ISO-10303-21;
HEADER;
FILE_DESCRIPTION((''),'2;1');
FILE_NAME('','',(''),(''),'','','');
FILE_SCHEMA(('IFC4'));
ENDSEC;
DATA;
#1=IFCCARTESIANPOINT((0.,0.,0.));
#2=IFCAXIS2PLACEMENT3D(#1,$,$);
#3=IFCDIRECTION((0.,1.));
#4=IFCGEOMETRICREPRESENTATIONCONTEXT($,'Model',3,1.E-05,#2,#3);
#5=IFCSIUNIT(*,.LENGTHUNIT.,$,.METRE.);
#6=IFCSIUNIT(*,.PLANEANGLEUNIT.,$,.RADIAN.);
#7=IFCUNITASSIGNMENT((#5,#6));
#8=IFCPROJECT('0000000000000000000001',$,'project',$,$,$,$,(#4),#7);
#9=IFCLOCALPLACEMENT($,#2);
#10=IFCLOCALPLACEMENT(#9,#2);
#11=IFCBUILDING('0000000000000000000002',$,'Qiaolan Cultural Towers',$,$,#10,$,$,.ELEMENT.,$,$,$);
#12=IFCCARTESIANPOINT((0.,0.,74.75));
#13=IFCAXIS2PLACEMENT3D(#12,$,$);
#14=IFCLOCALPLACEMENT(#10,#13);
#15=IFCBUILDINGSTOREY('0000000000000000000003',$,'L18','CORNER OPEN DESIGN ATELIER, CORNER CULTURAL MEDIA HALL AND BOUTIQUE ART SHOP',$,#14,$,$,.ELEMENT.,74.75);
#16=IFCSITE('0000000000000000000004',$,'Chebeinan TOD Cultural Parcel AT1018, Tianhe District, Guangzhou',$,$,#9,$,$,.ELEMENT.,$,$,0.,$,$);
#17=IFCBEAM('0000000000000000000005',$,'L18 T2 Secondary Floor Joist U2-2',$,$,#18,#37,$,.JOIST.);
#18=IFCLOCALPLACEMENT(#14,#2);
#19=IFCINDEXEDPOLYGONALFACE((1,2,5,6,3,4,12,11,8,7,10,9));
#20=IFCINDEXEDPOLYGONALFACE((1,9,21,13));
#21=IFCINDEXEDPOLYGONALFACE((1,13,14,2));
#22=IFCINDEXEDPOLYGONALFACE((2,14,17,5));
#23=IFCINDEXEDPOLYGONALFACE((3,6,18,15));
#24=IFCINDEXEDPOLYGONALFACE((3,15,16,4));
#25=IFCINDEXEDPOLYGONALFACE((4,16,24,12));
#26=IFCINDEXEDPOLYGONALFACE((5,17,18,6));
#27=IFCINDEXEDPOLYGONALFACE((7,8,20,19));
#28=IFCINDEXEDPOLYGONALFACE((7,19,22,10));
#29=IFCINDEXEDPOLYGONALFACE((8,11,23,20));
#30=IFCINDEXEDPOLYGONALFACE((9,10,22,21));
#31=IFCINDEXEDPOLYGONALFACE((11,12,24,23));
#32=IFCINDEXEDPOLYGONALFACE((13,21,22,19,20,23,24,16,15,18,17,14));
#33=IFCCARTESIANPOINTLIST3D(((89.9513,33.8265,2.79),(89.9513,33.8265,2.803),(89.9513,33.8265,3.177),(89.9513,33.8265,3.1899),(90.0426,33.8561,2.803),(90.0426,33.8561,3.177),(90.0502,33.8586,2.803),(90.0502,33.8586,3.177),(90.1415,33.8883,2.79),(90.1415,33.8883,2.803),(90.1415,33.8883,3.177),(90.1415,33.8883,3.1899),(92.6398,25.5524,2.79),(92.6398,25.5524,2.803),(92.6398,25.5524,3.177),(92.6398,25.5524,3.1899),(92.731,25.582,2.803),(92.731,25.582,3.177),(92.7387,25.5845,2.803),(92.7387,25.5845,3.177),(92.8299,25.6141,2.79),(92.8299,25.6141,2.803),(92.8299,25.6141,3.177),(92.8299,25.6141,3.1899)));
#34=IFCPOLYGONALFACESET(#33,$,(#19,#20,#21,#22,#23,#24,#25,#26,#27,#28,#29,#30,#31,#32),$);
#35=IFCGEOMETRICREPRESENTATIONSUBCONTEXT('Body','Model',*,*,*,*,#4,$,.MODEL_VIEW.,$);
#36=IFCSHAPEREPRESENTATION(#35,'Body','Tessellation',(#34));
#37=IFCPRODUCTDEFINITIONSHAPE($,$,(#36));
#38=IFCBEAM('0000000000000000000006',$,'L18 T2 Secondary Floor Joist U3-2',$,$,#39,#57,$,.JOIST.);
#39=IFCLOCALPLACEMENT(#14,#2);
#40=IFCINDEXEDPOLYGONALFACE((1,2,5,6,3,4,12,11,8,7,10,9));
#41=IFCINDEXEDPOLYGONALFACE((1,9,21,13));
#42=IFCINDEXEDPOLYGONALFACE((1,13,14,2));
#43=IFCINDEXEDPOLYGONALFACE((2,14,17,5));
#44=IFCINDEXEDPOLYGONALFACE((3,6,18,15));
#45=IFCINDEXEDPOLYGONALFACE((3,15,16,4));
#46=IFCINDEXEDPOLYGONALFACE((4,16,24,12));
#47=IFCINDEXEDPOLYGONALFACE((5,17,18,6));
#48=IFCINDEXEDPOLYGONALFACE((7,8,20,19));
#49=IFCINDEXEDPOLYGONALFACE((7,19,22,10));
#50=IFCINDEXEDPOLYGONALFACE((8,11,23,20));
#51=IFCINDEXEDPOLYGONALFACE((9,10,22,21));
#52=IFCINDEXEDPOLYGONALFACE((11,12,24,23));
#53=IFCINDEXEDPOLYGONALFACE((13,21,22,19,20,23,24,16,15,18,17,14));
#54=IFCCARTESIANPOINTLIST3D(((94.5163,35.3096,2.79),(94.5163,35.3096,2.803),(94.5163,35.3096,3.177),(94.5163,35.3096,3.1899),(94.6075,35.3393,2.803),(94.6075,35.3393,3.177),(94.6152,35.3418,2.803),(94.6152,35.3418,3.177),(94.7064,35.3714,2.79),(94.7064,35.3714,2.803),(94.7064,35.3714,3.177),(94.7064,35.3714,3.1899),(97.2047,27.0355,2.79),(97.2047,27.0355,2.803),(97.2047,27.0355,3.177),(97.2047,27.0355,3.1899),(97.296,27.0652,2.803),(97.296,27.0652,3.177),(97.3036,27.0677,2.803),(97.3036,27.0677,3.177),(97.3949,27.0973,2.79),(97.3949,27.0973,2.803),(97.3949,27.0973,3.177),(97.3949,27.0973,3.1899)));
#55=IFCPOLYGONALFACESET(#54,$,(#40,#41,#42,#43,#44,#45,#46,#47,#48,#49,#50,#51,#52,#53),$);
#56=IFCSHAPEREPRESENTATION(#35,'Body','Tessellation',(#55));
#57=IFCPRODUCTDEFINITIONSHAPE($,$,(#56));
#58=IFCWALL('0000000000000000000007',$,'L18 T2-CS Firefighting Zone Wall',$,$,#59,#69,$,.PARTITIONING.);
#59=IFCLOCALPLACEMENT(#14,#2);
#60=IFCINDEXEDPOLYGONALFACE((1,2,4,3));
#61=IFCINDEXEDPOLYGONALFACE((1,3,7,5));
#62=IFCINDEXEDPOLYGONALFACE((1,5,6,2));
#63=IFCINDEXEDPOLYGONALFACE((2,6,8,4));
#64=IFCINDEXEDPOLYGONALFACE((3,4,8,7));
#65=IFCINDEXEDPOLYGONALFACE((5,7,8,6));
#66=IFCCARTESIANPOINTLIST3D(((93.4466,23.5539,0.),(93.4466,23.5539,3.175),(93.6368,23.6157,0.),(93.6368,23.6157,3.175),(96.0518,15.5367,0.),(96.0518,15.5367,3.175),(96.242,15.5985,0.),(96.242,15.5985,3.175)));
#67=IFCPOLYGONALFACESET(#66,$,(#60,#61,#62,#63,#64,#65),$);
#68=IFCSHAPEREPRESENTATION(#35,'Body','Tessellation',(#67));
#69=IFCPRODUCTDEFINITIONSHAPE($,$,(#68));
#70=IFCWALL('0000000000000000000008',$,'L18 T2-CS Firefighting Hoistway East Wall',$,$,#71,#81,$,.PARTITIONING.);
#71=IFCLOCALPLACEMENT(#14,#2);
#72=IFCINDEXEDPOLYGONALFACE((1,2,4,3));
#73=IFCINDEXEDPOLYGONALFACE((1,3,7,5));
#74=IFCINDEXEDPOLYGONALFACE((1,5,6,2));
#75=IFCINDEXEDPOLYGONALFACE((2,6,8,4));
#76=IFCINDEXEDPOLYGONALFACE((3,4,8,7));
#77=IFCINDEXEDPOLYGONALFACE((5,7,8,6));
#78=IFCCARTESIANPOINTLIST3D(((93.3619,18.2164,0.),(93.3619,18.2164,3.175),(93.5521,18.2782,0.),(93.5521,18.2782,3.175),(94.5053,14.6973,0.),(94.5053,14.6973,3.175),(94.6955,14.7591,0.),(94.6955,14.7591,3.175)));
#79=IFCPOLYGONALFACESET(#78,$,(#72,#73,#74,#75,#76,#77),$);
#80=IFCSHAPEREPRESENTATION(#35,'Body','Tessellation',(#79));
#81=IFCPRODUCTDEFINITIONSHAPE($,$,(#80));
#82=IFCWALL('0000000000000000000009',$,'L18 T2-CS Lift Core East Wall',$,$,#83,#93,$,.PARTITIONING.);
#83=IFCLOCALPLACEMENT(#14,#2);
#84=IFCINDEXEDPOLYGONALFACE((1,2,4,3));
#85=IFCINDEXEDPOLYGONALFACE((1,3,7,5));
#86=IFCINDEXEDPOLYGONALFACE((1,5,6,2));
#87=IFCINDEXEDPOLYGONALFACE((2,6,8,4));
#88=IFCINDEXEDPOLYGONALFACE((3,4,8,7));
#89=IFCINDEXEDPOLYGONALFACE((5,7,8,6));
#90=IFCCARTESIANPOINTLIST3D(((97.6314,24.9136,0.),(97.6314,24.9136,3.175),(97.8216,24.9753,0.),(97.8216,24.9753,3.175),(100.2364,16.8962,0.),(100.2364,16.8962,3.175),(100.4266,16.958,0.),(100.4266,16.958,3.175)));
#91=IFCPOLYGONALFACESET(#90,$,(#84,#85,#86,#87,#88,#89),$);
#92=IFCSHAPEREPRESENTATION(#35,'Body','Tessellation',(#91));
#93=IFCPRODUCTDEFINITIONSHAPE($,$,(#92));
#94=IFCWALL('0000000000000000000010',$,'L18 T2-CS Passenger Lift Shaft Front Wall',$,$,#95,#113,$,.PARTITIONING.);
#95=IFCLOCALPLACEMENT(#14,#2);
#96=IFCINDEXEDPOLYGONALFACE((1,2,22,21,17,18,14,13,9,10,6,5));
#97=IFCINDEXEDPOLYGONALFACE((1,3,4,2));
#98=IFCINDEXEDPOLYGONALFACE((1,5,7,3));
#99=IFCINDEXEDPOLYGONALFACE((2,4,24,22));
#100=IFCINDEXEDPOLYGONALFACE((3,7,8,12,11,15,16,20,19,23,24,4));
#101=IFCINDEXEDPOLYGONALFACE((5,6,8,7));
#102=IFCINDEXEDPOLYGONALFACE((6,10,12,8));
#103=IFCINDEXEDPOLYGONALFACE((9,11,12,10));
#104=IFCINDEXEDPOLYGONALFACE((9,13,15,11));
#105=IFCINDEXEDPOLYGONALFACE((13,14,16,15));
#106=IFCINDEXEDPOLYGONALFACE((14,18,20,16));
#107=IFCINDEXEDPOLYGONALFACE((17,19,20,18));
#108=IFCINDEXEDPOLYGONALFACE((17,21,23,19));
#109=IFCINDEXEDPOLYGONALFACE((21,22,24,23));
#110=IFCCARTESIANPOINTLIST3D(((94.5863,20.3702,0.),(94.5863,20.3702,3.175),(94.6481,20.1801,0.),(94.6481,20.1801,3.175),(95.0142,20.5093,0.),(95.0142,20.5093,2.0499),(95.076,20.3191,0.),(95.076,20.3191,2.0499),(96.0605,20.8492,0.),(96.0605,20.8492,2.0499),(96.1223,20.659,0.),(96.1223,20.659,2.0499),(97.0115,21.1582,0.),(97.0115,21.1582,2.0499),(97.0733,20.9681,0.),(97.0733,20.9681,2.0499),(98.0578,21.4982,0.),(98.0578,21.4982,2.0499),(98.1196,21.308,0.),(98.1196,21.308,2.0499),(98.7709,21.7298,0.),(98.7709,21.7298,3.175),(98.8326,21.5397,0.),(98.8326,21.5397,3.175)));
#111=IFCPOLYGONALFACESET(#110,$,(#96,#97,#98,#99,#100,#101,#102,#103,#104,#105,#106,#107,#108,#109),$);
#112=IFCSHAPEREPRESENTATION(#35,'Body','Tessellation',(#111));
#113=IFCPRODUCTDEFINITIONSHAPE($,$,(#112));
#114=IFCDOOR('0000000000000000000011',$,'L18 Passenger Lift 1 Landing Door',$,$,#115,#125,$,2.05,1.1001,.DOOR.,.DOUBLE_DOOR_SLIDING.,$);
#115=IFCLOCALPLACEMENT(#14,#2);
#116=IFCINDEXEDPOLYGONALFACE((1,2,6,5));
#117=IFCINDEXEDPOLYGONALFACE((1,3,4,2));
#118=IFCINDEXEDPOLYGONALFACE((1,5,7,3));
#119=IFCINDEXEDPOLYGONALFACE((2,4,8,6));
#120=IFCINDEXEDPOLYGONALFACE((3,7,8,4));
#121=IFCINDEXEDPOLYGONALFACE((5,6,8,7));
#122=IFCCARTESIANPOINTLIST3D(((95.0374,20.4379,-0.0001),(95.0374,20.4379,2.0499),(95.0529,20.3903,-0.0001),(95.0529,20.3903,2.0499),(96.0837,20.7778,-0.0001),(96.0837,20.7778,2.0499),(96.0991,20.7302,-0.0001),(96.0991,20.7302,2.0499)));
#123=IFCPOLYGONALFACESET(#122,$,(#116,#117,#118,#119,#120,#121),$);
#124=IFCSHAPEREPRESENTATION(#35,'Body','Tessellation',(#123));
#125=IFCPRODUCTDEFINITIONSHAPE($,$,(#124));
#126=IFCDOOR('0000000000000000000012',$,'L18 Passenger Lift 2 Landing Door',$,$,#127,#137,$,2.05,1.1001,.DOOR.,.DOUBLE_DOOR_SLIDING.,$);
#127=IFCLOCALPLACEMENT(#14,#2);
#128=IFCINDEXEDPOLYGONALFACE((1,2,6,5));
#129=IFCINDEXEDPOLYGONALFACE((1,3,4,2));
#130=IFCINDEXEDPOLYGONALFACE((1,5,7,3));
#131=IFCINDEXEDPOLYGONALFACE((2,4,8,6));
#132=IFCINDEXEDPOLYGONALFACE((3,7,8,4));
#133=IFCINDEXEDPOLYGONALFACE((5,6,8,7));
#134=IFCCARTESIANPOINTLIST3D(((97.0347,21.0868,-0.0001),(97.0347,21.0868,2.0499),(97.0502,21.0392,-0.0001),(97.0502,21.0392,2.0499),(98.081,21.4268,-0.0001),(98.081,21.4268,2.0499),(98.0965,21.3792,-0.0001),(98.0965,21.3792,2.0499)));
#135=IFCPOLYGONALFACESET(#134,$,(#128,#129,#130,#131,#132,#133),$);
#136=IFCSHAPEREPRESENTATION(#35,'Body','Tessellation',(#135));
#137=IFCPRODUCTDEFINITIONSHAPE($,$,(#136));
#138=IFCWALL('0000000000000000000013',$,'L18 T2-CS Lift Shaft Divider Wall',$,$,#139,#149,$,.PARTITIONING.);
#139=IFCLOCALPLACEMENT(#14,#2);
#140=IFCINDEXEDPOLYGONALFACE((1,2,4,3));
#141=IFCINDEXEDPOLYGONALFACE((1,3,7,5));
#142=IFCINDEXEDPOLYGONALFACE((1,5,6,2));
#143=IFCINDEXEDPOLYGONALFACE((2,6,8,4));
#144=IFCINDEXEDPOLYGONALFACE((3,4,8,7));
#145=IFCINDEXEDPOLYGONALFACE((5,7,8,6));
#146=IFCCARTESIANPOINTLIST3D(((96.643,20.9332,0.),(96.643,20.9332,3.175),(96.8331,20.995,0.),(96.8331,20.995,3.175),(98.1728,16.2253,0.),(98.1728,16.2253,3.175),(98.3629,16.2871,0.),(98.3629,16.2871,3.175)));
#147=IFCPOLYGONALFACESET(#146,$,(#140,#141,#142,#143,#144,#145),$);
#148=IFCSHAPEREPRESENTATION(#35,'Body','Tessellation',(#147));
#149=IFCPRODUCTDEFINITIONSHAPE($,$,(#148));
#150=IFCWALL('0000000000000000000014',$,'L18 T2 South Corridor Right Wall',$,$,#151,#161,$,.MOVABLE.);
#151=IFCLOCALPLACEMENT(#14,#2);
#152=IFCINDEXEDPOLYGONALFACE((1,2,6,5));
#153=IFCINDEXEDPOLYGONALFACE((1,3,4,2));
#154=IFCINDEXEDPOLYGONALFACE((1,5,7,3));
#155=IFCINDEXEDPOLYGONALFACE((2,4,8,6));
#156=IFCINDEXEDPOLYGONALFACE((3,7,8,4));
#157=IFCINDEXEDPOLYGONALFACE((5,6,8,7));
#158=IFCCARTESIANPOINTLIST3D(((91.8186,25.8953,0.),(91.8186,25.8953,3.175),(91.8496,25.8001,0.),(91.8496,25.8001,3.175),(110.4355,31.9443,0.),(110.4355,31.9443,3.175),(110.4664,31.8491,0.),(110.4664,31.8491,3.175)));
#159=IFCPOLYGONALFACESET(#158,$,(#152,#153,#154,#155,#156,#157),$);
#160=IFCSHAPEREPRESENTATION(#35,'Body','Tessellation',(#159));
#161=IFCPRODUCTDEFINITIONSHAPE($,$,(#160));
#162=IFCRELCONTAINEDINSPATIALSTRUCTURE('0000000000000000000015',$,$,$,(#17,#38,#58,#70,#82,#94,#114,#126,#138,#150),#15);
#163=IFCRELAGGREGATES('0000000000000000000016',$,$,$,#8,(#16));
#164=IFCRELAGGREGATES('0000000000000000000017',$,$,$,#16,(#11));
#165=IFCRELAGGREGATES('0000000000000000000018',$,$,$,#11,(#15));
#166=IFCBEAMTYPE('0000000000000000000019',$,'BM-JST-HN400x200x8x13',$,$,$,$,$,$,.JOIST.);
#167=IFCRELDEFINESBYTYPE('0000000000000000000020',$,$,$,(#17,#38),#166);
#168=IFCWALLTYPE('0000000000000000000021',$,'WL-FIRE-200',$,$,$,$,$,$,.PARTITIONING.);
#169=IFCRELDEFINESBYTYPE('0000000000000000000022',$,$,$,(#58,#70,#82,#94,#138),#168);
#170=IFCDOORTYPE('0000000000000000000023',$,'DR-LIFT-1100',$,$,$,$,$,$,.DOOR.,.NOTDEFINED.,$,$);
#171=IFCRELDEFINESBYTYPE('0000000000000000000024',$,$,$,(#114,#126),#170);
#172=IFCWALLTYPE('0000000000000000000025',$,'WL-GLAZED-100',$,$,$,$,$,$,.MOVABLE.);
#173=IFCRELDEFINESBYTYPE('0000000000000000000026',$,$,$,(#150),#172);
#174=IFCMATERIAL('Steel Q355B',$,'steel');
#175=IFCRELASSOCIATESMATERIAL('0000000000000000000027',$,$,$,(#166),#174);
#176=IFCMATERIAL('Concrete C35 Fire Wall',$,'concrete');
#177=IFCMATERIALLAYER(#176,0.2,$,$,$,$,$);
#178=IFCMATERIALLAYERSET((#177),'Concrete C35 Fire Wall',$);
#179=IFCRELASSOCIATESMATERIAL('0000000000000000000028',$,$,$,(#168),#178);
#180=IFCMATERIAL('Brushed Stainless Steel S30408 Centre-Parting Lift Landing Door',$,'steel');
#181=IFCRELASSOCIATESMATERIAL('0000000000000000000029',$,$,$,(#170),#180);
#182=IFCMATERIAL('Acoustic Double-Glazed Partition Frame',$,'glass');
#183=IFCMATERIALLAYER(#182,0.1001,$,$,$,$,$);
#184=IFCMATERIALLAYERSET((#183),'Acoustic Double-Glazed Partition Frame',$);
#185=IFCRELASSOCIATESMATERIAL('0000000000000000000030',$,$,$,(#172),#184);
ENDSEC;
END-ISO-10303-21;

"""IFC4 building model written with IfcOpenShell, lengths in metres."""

from ifc_helpers import new_model, si_unit, direction, frame, frame_2d, origin, origin_2d, place, context, subcontext, project, spatial, rectangle, i_section, extrude, material, layer, layer_set, material_profile, profile_set, type_object, element, fill, save


model = new_model("IFC4")

# Units and contexts
model_context = context("Model", 3, precision=1e-05, world=origin(), true_north=direction((0.0, 1.0)))
body_context = subcontext(model_context, "Body", "Model", "MODEL_VIEW")
ifc_project = project(units=[si_unit("LENGTHUNIT", "METRE"), si_unit("PLANEANGLEUNIT", "RADIAN")], contexts=[model_context])

# Site, building, storey
site_placement = place(None, origin())
site = spatial("IfcSite", under=ifc_project, at=site_placement, Name="Chebeinan TOD Cultural Parcel AT1018, Tianhe District, Guangzhou", CompositionType="ELEMENT", RefElevation=0.0)
building_placement = place(site_placement, origin())
building = spatial("IfcBuilding", under=site, at=building_placement, Name="Qiaolan Cultural Towers", CompositionType="ELEMENT")
storey_placement = place(building_placement, frame((0.0, 0.0, 74.75)))
storey = spatial("IfcBuildingStorey", under=building, at=storey_placement, Name="L18", Description="CORNER OPEN DESIGN ATELIER, CORNER CULTURAL MEDIA HALL AND BOUTIQUE ART SHOP", CompositionType="ELEMENT", Elevation=74.75)

# Beams
ifc_material_1 = material(Name="Steel Q355B", Category="steel")
ifc_material_profile = material_profile(ifc_material_1, i_section(OverallWidth=0.2, OverallDepth=0.3999, WebThickness=0.0081, FlangeThickness=0.0129, at=origin_2d()), Name="HN400x200x8x13")
ifc_profile_set = profile_set([ifc_material_profile], Name="Steel Q355B")
beam_type = type_object("IfcBeamType", Name="BM-JST-HN400x200x8x13", PredefinedType="JOIST", material=ifc_profile_set)
for number, where, z_axis, x_axis, name in (
    (1, (92.7349, 25.5833, 2.99), (-0.309021, 0.951055, 0.0), (-0.951055, -0.309021, 0.0), "L18 T2 Secondary Floor Joist U2-2"),
    (2, (97.2998, 27.0664, 2.99), (-0.309021, 0.951055, 0.0), (-0.951055, -0.309021, 0.0), "L18 T2 Secondary Floor Joist U3-2"),
):
    element("IfcBeam", number, at=place(storey_placement, frame(where, z_axis=z_axis, x_axis=x_axis)), inside=storey, type_object=beam_type, Name=name, PredefinedType="JOIST", context=body_context, shape_type="SweptSolid", body=[
        extrude(i_section(OverallWidth=0.2, OverallDepth=0.3999, WebThickness=0.0081, FlangeThickness=0.0129, at=origin_2d()), origin(), (0.0, 0.0, 1.0), 8.7),
    ])

# Walls
ifc_material_2 = material(Name="Concrete C35 Fire Wall", Category="concrete")
ifc_layer_1 = layer(ifc_material_2, 0.2)
ifc_layer_set_1 = layer_set([ifc_layer_1], Name="Concrete C35 Fire Wall")
wall_type_1 = type_object("IfcWallType", Name="WL-FIRE-200", PredefinedType="PARTITIONING", material=ifc_layer_set_1)
wall_1_placement = place(storey_placement, frame((93.5417, 23.5847, 0.0), z_axis=(0.0, 0.0, 1.0), x_axis=(0.309042, -0.951048, 0.0)))
element("IfcWall", 3, at=wall_1_placement, inside=storey, type_object=wall_type_1, Name="L18 T2-CS Firefighting Zone Wall", PredefinedType="PARTITIONING", context=body_context, shape_type="SweptSolid", body=[
    extrude(rectangle(XDim=8.4299, YDim=0.2, at=frame_2d((4.2148, 0.0))), origin(), (0.0, 0.0, 1.0), 3.175),
])
wall_2_placement = place(storey_placement, frame((93.457, 18.2473, 0.0), z_axis=(0.0, 0.0, 1.0), x_axis=(0.308994, -0.951064, 0.0)))
element("IfcWall", 4, at=wall_2_placement, inside=storey, type_object=wall_type_1, Name="L18 T2-CS Firefighting Hoistway East Wall", PredefinedType="PARTITIONING", context=body_context, shape_type="SweptSolid", body=[
    extrude(rectangle(XDim=3.7002, YDim=0.2, at=frame_2d((1.8501, 0.0))), origin(), (0.0, 0.0, 1.0), 3.175),
])
wall_3_placement = place(storey_placement, frame((97.7266, 24.9443, 0.0), z_axis=(0.0, 0.0, 1.0), x_axis=(0.309016, -0.951057, 0.0)))
element("IfcWall", 5, at=wall_3_placement, inside=storey, type_object=wall_type_1, Name="L18 T2-CS Lift Core East Wall", PredefinedType="PARTITIONING", context=body_context, shape_type="SweptSolid", body=[
    extrude(rectangle(XDim=8.4299, YDim=0.2, at=frame_2d((4.2148, 0.0))), origin(), (0.0, 0.0, 1.0), 3.175),
])

# Wall, openings, doors
wall_4_placement = place(storey_placement, frame((94.6172, 20.2751, 0.0), z_axis=(0.0, 0.0, 1.0), x_axis=(0.951059, 0.309011, 0.0)))
wall_4 = element("IfcWall", 6, at=wall_4_placement, inside=storey, type_object=wall_type_1, Name="L18 T2-CS Passenger Lift Shaft Front Wall", PredefinedType="PARTITIONING", context=body_context, shape_type="SweptSolid", body=[
    extrude(rectangle(XDim=4.3999, YDim=0.2, at=frame_2d((2.2, 0.0))), origin(), (0.0, 0.0, 1.0), 3.175),
])
opening_1_placement = place(wall_4_placement, frame((0.45, 0.0, 0.0)))
opening_1 = element("IfcOpeningElement", 7, at=opening_1_placement, cuts=wall_4, PredefinedType="OPENING", context=body_context, shape_type="SweptSolid", body=[
    extrude(rectangle(XDim=1.1001, YDim=2.05, at=frame_2d((0.55, 1.0249))), frame((0.0, 0.1099, 0.0), z_axis=(0.0, -1.0, 0.0), x_axis=(1.0, 0.0, 0.0)), (0.0, 0.0, 1.0), 0.22),
])
opening_2_placement = place(wall_4_placement, frame((2.55, 0.0, 0.0)))
opening_2 = element("IfcOpeningElement", 8, at=opening_2_placement, cuts=wall_4, PredefinedType="OPENING", context=body_context, shape_type="SweptSolid", body=[
    extrude(rectangle(XDim=1.1001, YDim=2.05, at=frame_2d((0.55, 1.0249))), frame((0.0, 0.1099, 0.0), z_axis=(0.0, -1.0, 0.0), x_axis=(1.0, 0.0, 0.0)), (0.0, 0.0, 1.0), 0.22),
])
ifc_material_3 = material(Name="Brushed Stainless Steel S30408 Centre-Parting Lift Landing Door", Category="steel")
door_type_1 = type_object("IfcDoorType", Name="DR-LIFT-1100", OperationType="NOTDEFINED", PredefinedType="DOOR", material=ifc_material_3)
door_1_placement = place(opening_1_placement, origin())
door_1 = element("IfcDoor", 9, at=door_1_placement, inside=storey, type_object=door_type_1, Name="L18 Passenger Lift 1 Landing Door", OperationType="DOUBLE_DOOR_SLIDING", OverallHeight=2.05, OverallWidth=1.1001, PredefinedType="DOOR", context=body_context, shape_type="SweptSolid", body=[
    extrude(rectangle(XDim=1.1001, YDim=2.05, at=frame_2d((0.55, 1.0249))), frame((0.0, 0.0249, 0.0), z_axis=(0.0, -1.0, 0.0), x_axis=(1.0, 0.0, 0.0)), (0.0, 0.0, 1.0), 0.05),
])
fill(opening_1, door_1)
door_2_placement = place(opening_2_placement, origin())
door_2 = element("IfcDoor", 10, at=door_2_placement, inside=storey, type_object=door_type_1, Name="L18 Passenger Lift 2 Landing Door", OperationType="DOUBLE_DOOR_SLIDING", OverallHeight=2.05, OverallWidth=1.1001, PredefinedType="DOOR", context=body_context, shape_type="SweptSolid", body=[
    extrude(rectangle(XDim=1.1001, YDim=2.05, at=frame_2d((0.55, 1.0249))), frame((0.0, 0.0249, 0.0), z_axis=(0.0, -1.0, 0.0), x_axis=(1.0, 0.0, 0.0)), (0.0, 0.0, 1.0), 0.05),
])
fill(opening_2, door_2)

# Walls
wall_5_placement = place(storey_placement, frame((96.738, 20.9641, 0.0), z_axis=(0.0, 0.0, 1.0), x_axis=(0.309043, -0.951048, 0.0)))
element("IfcWall", 11, at=wall_5_placement, inside=storey, type_object=wall_type_1, Name="L18 T2-CS Lift Shaft Divider Wall", PredefinedType="PARTITIONING", context=body_context, shape_type="SweptSolid", body=[
    extrude(rectangle(XDim=4.9502, YDim=0.2, at=frame_2d((2.4751, 0.0))), origin(), (0.0, 0.0, 1.0), 3.175),
])
ifc_material_4 = material(Name="Acoustic Double-Glazed Partition Frame", Category="glass")
ifc_layer_2 = layer(ifc_material_4, 0.1001)
ifc_layer_set_2 = layer_set([ifc_layer_2], Name="Acoustic Double-Glazed Partition Frame")
wall_type_2 = type_object("IfcWallType", Name="WL-GLAZED-100", PredefinedType="MOVABLE", material=ifc_layer_set_2)
wall_6_placement = place(storey_placement, frame((91.834, 25.8477, 0.0), z_axis=(0.0, 0.0, 1.0), x_axis=(0.951056, 0.30902, 0.0)))
element("IfcWall", 12, at=wall_6_placement, inside=storey, type_object=wall_type_2, Name="L18 T2 South Corridor Right Wall", PredefinedType="MOVABLE", context=body_context, shape_type="SweptSolid", body=[
    extrude(rectangle(XDim=19.575, YDim=0.1001, at=frame_2d((9.7876, 0.0))), origin(), (0.0, 0.0, 1.0), 3.175),
])

save(model, "model.ifc")
